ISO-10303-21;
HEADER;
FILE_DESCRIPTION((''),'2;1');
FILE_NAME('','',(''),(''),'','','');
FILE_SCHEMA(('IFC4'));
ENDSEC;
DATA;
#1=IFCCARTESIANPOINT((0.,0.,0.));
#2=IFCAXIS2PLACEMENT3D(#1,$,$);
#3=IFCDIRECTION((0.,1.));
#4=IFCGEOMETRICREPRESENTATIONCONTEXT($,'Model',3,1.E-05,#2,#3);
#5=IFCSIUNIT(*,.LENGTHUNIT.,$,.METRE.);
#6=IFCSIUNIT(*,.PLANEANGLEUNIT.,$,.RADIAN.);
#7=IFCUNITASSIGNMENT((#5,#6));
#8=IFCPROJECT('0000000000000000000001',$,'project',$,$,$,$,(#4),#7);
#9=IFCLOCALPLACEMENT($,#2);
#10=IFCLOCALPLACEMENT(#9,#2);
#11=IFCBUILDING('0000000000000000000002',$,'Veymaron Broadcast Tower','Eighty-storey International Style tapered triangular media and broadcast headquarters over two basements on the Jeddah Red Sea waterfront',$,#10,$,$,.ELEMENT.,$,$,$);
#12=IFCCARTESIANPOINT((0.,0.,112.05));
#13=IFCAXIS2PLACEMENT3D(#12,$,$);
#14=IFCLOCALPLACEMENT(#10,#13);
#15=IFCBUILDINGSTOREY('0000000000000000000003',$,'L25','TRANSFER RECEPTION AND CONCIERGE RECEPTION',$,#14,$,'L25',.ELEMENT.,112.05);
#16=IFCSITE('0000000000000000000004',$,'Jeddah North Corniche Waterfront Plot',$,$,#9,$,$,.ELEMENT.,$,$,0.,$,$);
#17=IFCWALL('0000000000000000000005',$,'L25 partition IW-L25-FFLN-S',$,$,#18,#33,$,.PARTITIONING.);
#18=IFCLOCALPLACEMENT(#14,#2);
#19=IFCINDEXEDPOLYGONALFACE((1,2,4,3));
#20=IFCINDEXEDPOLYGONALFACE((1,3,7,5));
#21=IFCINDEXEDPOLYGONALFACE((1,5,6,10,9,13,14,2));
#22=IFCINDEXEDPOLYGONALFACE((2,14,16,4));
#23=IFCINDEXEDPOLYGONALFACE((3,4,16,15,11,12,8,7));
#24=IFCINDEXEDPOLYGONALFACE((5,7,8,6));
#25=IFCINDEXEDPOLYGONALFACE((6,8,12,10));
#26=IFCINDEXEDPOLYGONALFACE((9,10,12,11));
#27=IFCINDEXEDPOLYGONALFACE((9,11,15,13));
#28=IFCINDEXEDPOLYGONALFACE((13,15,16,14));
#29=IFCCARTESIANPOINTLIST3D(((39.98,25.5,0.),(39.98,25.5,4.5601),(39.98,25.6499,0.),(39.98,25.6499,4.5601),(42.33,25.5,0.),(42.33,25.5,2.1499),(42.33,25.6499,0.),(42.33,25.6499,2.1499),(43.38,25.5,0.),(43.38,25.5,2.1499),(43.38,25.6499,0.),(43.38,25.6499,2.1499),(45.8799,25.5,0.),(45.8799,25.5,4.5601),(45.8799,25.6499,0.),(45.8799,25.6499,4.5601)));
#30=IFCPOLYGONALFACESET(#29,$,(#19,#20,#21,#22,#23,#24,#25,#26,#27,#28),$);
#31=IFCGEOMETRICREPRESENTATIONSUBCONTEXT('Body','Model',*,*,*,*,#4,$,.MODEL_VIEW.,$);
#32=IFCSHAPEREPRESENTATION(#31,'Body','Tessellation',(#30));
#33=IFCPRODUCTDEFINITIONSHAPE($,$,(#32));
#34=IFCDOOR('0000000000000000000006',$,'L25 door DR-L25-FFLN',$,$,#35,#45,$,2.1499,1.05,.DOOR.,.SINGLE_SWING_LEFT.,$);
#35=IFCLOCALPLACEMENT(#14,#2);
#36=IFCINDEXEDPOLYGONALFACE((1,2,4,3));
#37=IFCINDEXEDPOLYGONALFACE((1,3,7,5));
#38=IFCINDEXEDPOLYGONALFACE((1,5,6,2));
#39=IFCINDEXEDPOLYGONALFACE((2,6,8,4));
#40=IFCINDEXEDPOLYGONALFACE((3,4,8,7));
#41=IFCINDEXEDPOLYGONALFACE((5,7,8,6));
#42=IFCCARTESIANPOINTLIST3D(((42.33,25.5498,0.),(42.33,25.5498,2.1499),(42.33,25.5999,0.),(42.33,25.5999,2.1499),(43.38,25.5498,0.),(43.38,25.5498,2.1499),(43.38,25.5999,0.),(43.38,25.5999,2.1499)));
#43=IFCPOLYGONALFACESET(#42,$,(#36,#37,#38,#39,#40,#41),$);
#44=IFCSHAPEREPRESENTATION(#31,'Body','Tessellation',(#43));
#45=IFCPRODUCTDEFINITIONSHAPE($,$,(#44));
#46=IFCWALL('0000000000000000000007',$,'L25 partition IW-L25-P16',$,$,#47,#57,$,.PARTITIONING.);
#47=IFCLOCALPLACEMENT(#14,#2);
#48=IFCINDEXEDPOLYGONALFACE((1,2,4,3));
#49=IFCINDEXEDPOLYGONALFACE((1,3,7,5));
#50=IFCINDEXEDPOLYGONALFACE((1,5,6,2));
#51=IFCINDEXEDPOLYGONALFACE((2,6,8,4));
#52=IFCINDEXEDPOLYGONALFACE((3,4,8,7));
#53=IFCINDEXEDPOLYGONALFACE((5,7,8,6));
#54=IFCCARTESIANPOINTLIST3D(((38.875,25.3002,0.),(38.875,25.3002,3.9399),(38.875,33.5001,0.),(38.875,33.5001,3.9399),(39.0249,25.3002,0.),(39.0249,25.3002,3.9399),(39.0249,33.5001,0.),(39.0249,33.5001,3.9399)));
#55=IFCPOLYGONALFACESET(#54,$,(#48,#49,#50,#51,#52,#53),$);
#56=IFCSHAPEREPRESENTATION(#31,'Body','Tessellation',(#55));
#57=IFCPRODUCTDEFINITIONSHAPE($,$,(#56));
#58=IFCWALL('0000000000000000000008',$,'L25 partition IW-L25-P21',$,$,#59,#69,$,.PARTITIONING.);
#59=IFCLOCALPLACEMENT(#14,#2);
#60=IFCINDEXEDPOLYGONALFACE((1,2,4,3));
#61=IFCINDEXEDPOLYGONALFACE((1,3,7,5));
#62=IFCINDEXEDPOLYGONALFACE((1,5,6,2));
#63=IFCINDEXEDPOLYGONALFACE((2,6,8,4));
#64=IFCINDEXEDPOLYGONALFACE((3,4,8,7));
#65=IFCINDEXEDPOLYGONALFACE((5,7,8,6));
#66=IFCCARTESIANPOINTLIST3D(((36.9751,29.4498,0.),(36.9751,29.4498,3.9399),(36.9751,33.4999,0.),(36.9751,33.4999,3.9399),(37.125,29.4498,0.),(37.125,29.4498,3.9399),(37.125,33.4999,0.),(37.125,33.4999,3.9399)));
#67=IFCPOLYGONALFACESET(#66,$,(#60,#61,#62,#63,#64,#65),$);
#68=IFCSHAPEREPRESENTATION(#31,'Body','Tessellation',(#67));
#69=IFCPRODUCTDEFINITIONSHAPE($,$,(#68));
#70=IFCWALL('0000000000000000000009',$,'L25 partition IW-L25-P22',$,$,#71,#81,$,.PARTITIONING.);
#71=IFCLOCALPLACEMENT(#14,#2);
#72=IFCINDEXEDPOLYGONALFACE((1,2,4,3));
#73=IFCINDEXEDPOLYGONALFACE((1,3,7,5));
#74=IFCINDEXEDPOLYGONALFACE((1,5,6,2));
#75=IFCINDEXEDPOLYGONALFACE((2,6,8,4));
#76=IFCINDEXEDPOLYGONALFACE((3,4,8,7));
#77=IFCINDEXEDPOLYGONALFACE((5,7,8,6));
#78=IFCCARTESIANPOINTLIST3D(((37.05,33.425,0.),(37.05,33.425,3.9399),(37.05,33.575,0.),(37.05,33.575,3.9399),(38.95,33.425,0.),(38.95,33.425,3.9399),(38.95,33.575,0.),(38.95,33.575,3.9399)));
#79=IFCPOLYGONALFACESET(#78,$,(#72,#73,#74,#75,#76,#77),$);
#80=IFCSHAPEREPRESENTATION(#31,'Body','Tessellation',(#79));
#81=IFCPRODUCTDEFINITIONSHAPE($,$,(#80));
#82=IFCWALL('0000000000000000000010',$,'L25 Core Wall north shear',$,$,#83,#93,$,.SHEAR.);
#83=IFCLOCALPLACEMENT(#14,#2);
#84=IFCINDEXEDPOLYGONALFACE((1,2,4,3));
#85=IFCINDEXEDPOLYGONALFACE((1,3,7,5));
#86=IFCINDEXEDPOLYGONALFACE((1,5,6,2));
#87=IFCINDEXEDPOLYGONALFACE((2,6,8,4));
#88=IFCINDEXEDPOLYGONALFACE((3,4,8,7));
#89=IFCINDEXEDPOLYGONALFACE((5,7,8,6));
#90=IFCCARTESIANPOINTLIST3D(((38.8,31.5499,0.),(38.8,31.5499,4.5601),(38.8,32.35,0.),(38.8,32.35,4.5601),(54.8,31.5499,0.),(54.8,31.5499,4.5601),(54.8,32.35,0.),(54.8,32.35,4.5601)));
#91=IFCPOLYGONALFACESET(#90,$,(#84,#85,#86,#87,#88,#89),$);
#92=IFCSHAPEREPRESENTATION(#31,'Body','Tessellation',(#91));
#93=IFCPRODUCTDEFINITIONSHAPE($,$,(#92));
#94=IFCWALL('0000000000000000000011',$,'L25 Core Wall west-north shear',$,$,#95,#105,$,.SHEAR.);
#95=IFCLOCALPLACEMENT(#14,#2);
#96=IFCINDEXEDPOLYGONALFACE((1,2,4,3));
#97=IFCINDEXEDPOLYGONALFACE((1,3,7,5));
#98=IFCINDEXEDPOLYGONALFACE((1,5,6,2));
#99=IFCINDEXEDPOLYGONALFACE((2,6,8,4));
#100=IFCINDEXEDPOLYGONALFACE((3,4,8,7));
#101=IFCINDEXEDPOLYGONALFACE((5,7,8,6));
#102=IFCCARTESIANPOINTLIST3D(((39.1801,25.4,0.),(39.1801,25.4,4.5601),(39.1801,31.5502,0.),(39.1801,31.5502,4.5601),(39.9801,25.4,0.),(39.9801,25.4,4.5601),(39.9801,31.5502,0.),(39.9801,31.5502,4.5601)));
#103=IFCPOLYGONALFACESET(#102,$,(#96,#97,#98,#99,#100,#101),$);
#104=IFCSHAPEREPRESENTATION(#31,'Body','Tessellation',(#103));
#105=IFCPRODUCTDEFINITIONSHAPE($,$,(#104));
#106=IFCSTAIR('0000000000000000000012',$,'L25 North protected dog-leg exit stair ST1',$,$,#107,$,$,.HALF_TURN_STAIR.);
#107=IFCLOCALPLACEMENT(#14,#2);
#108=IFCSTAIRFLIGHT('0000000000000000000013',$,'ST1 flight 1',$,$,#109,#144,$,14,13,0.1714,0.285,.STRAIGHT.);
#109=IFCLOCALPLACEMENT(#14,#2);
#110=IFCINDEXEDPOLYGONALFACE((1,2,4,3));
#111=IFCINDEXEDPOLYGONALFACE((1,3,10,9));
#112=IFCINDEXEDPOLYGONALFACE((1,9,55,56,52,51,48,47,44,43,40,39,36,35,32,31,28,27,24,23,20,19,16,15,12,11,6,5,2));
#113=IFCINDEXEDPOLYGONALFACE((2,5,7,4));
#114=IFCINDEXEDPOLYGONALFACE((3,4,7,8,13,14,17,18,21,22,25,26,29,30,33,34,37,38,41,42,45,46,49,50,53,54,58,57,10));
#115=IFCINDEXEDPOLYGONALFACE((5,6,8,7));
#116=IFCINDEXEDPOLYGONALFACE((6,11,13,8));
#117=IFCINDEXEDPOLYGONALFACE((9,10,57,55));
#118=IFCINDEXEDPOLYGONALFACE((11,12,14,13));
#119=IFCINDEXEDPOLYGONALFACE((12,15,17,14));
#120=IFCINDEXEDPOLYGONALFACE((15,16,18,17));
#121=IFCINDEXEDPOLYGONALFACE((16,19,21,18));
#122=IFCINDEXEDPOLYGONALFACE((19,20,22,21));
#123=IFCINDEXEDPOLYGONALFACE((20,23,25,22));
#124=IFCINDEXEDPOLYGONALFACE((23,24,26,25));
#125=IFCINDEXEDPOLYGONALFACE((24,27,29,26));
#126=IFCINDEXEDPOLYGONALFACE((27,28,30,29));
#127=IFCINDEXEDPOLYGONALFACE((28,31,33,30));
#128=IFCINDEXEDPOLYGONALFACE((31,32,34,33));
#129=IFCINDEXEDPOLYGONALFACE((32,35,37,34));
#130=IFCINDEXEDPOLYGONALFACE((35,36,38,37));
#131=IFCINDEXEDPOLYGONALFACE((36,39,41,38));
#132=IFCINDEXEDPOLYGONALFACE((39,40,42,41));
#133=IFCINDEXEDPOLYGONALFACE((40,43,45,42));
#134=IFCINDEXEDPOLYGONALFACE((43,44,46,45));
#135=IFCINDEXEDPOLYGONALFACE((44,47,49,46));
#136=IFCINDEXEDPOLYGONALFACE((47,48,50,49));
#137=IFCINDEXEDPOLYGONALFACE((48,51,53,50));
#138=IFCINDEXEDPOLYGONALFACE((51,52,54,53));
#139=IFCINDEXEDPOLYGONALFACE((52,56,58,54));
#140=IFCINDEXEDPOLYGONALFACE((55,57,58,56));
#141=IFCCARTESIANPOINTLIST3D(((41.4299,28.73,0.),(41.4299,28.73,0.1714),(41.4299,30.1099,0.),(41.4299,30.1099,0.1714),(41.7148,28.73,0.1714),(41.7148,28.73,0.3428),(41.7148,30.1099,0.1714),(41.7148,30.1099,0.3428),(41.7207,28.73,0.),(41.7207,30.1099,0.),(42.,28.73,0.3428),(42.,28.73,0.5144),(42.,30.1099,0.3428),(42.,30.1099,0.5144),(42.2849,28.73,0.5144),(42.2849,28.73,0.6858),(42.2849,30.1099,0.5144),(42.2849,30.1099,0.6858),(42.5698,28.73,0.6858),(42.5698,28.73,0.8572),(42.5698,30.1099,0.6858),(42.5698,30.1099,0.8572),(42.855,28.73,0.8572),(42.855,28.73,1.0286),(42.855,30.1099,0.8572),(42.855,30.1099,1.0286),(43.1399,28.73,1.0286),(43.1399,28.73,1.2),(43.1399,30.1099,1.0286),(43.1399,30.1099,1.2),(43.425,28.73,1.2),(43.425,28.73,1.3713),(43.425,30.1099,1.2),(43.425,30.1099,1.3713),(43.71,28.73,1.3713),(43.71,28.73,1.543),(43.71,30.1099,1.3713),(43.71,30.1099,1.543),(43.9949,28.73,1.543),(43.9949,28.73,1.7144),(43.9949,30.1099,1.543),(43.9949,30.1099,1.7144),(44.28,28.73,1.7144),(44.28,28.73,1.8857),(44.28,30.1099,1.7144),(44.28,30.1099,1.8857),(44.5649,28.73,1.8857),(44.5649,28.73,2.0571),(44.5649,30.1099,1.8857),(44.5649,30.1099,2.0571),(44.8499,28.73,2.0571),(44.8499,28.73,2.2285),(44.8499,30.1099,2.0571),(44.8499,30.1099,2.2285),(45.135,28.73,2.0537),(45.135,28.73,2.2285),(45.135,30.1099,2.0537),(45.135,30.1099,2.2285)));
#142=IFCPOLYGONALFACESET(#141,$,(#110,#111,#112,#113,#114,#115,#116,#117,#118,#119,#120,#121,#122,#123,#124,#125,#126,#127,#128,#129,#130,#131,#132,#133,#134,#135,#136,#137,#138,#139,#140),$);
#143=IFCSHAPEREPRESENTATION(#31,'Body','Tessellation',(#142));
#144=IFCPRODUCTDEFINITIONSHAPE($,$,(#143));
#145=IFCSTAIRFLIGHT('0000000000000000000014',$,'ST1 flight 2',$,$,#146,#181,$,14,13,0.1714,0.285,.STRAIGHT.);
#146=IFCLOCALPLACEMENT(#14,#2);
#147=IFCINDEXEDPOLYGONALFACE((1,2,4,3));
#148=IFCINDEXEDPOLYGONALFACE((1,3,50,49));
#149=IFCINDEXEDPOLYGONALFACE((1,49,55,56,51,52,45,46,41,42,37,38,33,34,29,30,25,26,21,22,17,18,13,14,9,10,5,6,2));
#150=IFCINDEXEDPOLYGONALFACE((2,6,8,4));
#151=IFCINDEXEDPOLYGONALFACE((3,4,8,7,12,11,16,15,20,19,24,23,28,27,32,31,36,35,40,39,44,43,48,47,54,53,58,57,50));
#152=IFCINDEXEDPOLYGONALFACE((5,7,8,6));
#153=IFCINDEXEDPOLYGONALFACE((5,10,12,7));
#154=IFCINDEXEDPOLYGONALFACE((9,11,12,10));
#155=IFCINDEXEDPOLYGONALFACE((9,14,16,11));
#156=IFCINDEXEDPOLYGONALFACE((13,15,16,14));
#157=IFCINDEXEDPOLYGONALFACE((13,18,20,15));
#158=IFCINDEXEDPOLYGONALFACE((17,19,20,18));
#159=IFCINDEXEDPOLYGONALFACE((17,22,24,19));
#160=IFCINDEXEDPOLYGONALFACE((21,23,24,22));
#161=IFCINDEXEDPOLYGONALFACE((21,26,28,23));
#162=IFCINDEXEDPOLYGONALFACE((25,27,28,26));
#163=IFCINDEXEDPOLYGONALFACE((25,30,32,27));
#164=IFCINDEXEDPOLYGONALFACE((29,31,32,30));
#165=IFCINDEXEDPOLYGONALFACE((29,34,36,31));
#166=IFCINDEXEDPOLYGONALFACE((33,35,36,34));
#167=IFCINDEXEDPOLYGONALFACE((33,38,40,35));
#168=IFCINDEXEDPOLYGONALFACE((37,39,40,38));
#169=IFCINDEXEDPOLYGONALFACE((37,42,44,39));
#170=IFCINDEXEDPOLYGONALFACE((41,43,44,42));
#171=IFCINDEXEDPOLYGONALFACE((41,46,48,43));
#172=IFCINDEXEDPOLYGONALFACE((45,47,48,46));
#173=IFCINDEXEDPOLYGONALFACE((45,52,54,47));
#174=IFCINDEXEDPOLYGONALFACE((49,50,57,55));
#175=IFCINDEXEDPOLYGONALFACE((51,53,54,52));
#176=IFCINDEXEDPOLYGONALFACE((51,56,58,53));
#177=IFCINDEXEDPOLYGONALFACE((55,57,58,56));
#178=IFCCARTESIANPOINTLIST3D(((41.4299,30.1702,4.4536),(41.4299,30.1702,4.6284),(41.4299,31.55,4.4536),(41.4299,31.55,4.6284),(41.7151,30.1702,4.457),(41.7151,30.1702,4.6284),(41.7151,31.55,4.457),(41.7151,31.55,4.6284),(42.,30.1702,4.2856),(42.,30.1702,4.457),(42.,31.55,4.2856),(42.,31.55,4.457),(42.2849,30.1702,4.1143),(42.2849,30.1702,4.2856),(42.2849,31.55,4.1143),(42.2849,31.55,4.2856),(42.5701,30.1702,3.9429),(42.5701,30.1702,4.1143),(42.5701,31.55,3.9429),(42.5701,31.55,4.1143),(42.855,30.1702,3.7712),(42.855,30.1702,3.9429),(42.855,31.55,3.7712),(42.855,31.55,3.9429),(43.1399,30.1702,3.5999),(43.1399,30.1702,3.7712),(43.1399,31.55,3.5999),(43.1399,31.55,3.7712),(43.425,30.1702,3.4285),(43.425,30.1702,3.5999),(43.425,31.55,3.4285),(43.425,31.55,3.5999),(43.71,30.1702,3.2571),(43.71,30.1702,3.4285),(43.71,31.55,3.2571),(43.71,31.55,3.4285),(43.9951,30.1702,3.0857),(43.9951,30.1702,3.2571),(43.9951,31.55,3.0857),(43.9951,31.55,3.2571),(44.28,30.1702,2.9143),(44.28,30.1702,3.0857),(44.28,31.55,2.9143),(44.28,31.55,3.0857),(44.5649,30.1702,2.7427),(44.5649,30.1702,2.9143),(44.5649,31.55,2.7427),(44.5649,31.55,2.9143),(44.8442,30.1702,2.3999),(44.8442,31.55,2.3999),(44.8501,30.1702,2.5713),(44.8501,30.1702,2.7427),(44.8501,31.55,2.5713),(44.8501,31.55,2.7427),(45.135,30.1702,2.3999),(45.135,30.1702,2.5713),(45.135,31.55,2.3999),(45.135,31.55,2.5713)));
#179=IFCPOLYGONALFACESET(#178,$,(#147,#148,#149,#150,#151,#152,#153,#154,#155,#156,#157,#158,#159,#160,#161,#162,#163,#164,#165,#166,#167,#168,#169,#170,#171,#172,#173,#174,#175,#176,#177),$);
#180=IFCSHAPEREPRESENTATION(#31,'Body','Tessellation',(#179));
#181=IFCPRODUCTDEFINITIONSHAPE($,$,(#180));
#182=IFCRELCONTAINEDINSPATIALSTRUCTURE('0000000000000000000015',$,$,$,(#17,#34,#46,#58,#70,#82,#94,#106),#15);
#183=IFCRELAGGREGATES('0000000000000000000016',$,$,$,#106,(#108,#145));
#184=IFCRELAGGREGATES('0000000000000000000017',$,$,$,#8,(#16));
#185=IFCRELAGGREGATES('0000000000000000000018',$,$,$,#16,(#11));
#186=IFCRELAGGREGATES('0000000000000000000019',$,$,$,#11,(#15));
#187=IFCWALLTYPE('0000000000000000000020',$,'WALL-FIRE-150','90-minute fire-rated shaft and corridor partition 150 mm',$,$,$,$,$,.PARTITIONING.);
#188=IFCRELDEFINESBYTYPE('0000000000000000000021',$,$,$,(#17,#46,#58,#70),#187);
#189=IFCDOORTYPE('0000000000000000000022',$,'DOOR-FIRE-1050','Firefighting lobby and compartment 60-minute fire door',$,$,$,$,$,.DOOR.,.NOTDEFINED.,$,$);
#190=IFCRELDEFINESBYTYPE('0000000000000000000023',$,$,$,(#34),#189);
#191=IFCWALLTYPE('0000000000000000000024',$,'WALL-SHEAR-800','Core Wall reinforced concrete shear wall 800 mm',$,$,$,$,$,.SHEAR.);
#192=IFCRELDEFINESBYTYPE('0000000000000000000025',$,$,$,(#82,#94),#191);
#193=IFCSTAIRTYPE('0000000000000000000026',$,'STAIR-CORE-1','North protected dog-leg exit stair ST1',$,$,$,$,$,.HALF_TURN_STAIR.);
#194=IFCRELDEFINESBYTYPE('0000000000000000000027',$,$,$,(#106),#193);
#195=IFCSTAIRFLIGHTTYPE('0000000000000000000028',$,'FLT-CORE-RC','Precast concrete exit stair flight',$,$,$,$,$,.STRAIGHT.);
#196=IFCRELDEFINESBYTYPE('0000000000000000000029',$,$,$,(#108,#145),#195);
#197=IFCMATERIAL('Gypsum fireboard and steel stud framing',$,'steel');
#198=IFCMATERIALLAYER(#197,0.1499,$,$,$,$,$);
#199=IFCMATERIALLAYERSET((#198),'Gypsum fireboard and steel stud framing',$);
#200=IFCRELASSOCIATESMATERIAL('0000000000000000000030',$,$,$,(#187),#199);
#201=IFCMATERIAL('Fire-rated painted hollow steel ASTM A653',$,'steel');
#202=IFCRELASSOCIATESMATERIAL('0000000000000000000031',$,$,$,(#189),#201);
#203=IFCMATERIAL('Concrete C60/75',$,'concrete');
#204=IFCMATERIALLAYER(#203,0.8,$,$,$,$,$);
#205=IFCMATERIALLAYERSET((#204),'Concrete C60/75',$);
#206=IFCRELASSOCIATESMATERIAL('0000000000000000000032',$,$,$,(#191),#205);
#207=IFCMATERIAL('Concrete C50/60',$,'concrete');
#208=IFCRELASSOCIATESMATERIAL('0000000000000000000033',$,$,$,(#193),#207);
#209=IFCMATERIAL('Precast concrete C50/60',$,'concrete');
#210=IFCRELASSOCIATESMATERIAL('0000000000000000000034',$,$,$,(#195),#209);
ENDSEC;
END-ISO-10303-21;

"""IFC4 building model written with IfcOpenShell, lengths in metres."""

from ifc_helpers import new_model, si_unit, direction, frame, frame_2d, origin, place, context, subcontext, project, spatial, polyline, rectangle, outline, extrude, material, layer, layer_set, type_object, element, fill, aggregate, save


model = new_model("IFC4")

# Units and contexts
model_context = context("Model", 3, precision=1e-05, world=origin(), true_north=direction((0.0, 1.0)))
body_context = subcontext(model_context, "Body", "Model", "MODEL_VIEW")
ifc_project = project(units=[si_unit("LENGTHUNIT", "METRE"), si_unit("PLANEANGLEUNIT", "RADIAN")], contexts=[model_context])

# Site, building, storey
site_placement = place(None, origin())
site = spatial("IfcSite", under=ifc_project, at=site_placement, Name="Jeddah North Corniche Waterfront Plot", CompositionType="ELEMENT", RefElevation=0.0)
building_placement = place(site_placement, origin())
building = spatial("IfcBuilding", under=site, at=building_placement, Name="Veymaron Broadcast Tower", Description="Eighty-storey International Style tapered triangular media and broadcast headquarters over two basements on the Jeddah Red Sea waterfront", CompositionType="ELEMENT")
storey_placement = place(building_placement, frame((0.0, 0.0, 112.05)))
storey = spatial("IfcBuildingStorey", under=building, at=storey_placement, Name="L25", Description="TRANSFER RECEPTION AND CONCIERGE RECEPTION", LongName="L25", CompositionType="ELEMENT", Elevation=112.05)

# Wall, opening, door
ifc_material_1 = material(Name="Gypsum fireboard and steel stud framing", Category="steel")
ifc_layer_1 = layer(ifc_material_1, 0.1499)
ifc_layer_set_1 = layer_set([ifc_layer_1], Name="Gypsum fireboard and steel stud framing")
wall_type_1 = type_object("IfcWallType", Name="WALL-FIRE-150", Description="90-minute fire-rated shaft and corridor partition 150 mm", PredefinedType="PARTITIONING", material=ifc_layer_set_1)
wall_1_placement = place(storey_placement, frame((39.98, 25.575, 0.0), z_axis=(0.0, 0.0, 1.0), x_axis=(1.0, 0.0, 0.0)))
wall_1 = element("IfcWall", 1, at=wall_1_placement, inside=storey, type_object=wall_type_1, Name="L25 partition IW-L25-FFLN-S", PredefinedType="PARTITIONING", context=body_context, shape_type="SweptSolid", body=[
    extrude(rectangle(XDim=5.8999, YDim=0.1499, at=frame_2d((2.95, 0.0))), origin(), (0.0, 0.0, 1.0), 4.5601),
])
opening_1_placement = place(wall_1_placement, frame((2.3501, 0.0, 0.0)))
opening_1 = element("IfcOpeningElement", 2, at=opening_1_placement, cuts=wall_1, PredefinedType="OPENING", context=body_context, shape_type="SweptSolid", body=[
    extrude(rectangle(XDim=1.05, YDim=2.1499, at=frame_2d((0.5249, 1.075))), frame((0.0, 0.085, 0.0), z_axis=(0.0, -1.0, 0.0), x_axis=(1.0, 0.0, 0.0)), (0.0, 0.0, 1.0), 0.1699),
])
ifc_material_2 = material(Name="Fire-rated painted hollow steel ASTM A653", Category="steel")
door_type_1 = type_object("IfcDoorType", Name="DOOR-FIRE-1050", Description="Firefighting lobby and compartment 60-minute fire door", OperationType="NOTDEFINED", PredefinedType="DOOR", material=ifc_material_2)
door_1_placement = place(opening_1_placement, origin())
door_1 = element("IfcDoor", 3, at=door_1_placement, inside=storey, type_object=door_type_1, Name="L25 door DR-L25-FFLN", OperationType="SINGLE_SWING_LEFT", OverallHeight=2.1499, OverallWidth=1.05, PredefinedType="DOOR", context=body_context, shape_type="SweptSolid", body=[
    extrude(rectangle(XDim=1.05, YDim=2.1499, at=frame_2d((0.5249, 1.075))), frame((0.0, 0.0249, 0.0), z_axis=(0.0, -1.0, 0.0), x_axis=(1.0, 0.0, 0.0)), (0.0, 0.0, 1.0), 0.05),
])
fill(opening_1, door_1)

# Walls
wall_2_placement = place(storey_placement, frame((38.95, 25.3, 0.0), z_axis=(0.0, 0.0, 1.0), x_axis=(0.0, 1.0, 0.0)))
element("IfcWall", 4, at=wall_2_placement, inside=storey, type_object=wall_type_1, Name="L25 partition IW-L25-P16", PredefinedType="PARTITIONING", context=body_context, shape_type="SweptSolid", body=[
    extrude(rectangle(XDim=8.2, YDim=0.1499, at=frame_2d((4.1001, 0.0))), origin(), (0.0, 0.0, 1.0), 3.9399),
])
wall_3_placement = place(storey_placement, frame((37.05, 29.45, 0.0), z_axis=(0.0, 0.0, 1.0), x_axis=(0.0, 1.0, 0.0)))
element("IfcWall", 5, at=wall_3_placement, inside=storey, type_object=wall_type_1, Name="L25 partition IW-L25-P21", PredefinedType="PARTITIONING", context=body_context, shape_type="SweptSolid", body=[
    extrude(rectangle(XDim=4.05, YDim=0.1499, at=frame_2d((2.0249, 0.0))), origin(), (0.0, 0.0, 1.0), 3.9399),
])
wall_4_placement = place(storey_placement, frame((37.05, 33.5, 0.0), z_axis=(0.0, 0.0, 1.0), x_axis=(1.0, 0.0, 0.0)))
element("IfcWall", 6, at=wall_4_placement, inside=storey, type_object=wall_type_1, Name="L25 partition IW-L25-P22", PredefinedType="PARTITIONING", context=body_context, shape_type="SweptSolid", body=[
    extrude(rectangle(XDim=1.8999, YDim=0.1499, at=frame_2d((0.95, 0.0))), origin(), (0.0, 0.0, 1.0), 3.9399),
])

# Shared definitions
ifc_material_3 = material(Name="Concrete C50/60", Category="concrete")

# Walls
ifc_material_4 = material(Name="Concrete C60/75", Category="concrete")
ifc_layer_2 = layer(ifc_material_4, 0.8)
ifc_layer_set_2 = layer_set([ifc_layer_2], Name="Concrete C60/75")
wall_type_2 = type_object("IfcWallType", Name="WALL-SHEAR-800", Description="Core Wall reinforced concrete shear wall 800 mm", PredefinedType="SHEAR", material=ifc_layer_set_2)
wall_5_placement = place(storey_placement, frame((38.8, 31.95, 0.0), z_axis=(0.0, 0.0, 1.0), x_axis=(1.0, 0.0, 0.0)))
element("IfcWall", 7, at=wall_5_placement, inside=storey, type_object=wall_type_2, Name="L25 Core Wall north shear", PredefinedType="SHEAR", context=body_context, shape_type="SweptSolid", body=[
    extrude(rectangle(XDim=16.0, YDim=0.8, at=frame_2d((8.0, 0.0))), origin(), (0.0, 0.0, 1.0), 4.5601),
])
wall_6_placement = place(storey_placement, frame((39.5801, 25.3999, 0.0), z_axis=(0.0, 0.0, 1.0), x_axis=(0.0, 1.0, 0.0)))
element("IfcWall", 8, at=wall_6_placement, inside=storey, type_object=wall_type_2, Name="L25 Core Wall west-north shear", PredefinedType="SHEAR", context=body_context, shape_type="SweptSolid", body=[
    extrude(rectangle(XDim=6.1501, YDim=0.8, at=frame_2d((3.0752, 0.0))), origin(), (0.0, 0.0, 1.0), 4.5601),
])

# Stair, stair flights
stair_type = type_object("IfcStairType", Name="STAIR-CORE-1", Description="North protected dog-leg exit stair ST1", PredefinedType="HALF_TURN_STAIR", material=ifc_material_3)
stair_placement = place(storey_placement, origin())
stair = element("IfcStair", 9, at=stair_placement, inside=storey, type_object=stair_type, Name="L25 North protected dog-leg exit stair ST1", PredefinedType="HALF_TURN_STAIR")
ifc_material_5 = material(Name="Precast concrete C50/60", Category="concrete")
stair_flight_type = type_object("IfcStairFlightType", Name="FLT-CORE-RC", Description="Precast concrete exit stair flight", PredefinedType="STRAIGHT", material=ifc_material_5)
stair_flight_1_placement = place(storey_placement, frame((41.4299, 29.4199, 0.0), z_axis=(0.0, 0.0, 1.0), x_axis=(1.0, 0.0, 0.0)))
stair_flight_1 = element("IfcStairFlight", 10, at=stair_flight_1_placement, type_object=stair_flight_type, Name="ST1 flight 1", NumberOfRisers=14, NumberOfTreads=13, PredefinedType="STRAIGHT", RiserHeight=0.1714, TreadLength=0.285, context=body_context, shape_type="SweptSolid", body=[
    extrude(outline(polyline([(0.0, 0.0), (0.0, 0.1714), (0.2849, 0.1714), (0.2849, 0.3428), (0.5701, 0.3428), (0.5701, 0.5144), (0.855, 0.5144), (0.855, 0.6858), (1.1399, 0.6858), (1.1399, 0.8572), (1.425, 0.8572), (1.425, 1.0286), (1.71, 1.0286), (1.71, 1.2), (1.9951, 1.2), (1.9951, 1.3713), (2.28, 1.3713), (2.28, 1.543), (2.5649, 1.543), (2.5649, 1.7144), (2.8501, 1.7144), (2.8501, 1.8857), (3.135, 1.8857), (3.135, 2.0571), (3.4199, 2.0571), (3.4199, 2.2285), (3.7051, 2.2285), (3.7051, 2.3999), (3.7051, 2.0537), (0.2908, 0.0), (0.0, 0.0)])), frame((0.0, 0.6899, 0.0), z_axis=(0.0, -1.0, 0.0), x_axis=(1.0, 0.0, 0.0)), (0.0, 0.0, 1.0), 1.3799),
])
stair_flight_2_placement = place(storey_placement, frame((45.135, 30.8601, 2.3999), z_axis=(0.0, 0.0, 1.0), x_axis=(-1.0, 0.0, 0.0)))
stair_flight_2 = element("IfcStairFlight", 11, at=stair_flight_2_placement, type_object=stair_flight_type, Name="ST1 flight 2", NumberOfRisers=14, NumberOfTreads=13, PredefinedType="STRAIGHT", RiserHeight=0.1714, TreadLength=0.285, context=body_context, shape_type="SweptSolid", body=[
    extrude(outline(polyline([(0.0, 0.0), (0.0, 0.1714), (0.2849, 0.1714), (0.2849, 0.3428), (0.5701, 0.3428), (0.5701, 0.5144), (0.855, 0.5144), (0.855, 0.6858), (1.1399, 0.6858), (1.1399, 0.8572), (1.425, 0.8572), (1.425, 1.0286), (1.71, 1.0286), (1.71, 1.2), (1.9951, 1.2), (1.9951, 1.3713), (2.28, 1.3713), (2.28, 1.543), (2.5649, 1.543), (2.5649, 1.7144), (2.8501, 1.7144), (2.8501, 1.8857), (3.135, 1.8857), (3.135, 2.0571), (3.4199, 2.0571), (3.4199, 2.2285), (3.7051, 2.2285), (3.7051, 2.3999), (3.7051, 2.0537), (0.2908, 0.0), (0.0, 0.0)])), frame((0.0, 0.6899, 0.0), z_axis=(0.0, -1.0, 0.0), x_axis=(1.0, 0.0, 0.0)), (0.0, 0.0, 1.0), 1.3799),
])
aggregate(stair, [stair_flight_1, stair_flight_2])

save(model, "model.ifc")
